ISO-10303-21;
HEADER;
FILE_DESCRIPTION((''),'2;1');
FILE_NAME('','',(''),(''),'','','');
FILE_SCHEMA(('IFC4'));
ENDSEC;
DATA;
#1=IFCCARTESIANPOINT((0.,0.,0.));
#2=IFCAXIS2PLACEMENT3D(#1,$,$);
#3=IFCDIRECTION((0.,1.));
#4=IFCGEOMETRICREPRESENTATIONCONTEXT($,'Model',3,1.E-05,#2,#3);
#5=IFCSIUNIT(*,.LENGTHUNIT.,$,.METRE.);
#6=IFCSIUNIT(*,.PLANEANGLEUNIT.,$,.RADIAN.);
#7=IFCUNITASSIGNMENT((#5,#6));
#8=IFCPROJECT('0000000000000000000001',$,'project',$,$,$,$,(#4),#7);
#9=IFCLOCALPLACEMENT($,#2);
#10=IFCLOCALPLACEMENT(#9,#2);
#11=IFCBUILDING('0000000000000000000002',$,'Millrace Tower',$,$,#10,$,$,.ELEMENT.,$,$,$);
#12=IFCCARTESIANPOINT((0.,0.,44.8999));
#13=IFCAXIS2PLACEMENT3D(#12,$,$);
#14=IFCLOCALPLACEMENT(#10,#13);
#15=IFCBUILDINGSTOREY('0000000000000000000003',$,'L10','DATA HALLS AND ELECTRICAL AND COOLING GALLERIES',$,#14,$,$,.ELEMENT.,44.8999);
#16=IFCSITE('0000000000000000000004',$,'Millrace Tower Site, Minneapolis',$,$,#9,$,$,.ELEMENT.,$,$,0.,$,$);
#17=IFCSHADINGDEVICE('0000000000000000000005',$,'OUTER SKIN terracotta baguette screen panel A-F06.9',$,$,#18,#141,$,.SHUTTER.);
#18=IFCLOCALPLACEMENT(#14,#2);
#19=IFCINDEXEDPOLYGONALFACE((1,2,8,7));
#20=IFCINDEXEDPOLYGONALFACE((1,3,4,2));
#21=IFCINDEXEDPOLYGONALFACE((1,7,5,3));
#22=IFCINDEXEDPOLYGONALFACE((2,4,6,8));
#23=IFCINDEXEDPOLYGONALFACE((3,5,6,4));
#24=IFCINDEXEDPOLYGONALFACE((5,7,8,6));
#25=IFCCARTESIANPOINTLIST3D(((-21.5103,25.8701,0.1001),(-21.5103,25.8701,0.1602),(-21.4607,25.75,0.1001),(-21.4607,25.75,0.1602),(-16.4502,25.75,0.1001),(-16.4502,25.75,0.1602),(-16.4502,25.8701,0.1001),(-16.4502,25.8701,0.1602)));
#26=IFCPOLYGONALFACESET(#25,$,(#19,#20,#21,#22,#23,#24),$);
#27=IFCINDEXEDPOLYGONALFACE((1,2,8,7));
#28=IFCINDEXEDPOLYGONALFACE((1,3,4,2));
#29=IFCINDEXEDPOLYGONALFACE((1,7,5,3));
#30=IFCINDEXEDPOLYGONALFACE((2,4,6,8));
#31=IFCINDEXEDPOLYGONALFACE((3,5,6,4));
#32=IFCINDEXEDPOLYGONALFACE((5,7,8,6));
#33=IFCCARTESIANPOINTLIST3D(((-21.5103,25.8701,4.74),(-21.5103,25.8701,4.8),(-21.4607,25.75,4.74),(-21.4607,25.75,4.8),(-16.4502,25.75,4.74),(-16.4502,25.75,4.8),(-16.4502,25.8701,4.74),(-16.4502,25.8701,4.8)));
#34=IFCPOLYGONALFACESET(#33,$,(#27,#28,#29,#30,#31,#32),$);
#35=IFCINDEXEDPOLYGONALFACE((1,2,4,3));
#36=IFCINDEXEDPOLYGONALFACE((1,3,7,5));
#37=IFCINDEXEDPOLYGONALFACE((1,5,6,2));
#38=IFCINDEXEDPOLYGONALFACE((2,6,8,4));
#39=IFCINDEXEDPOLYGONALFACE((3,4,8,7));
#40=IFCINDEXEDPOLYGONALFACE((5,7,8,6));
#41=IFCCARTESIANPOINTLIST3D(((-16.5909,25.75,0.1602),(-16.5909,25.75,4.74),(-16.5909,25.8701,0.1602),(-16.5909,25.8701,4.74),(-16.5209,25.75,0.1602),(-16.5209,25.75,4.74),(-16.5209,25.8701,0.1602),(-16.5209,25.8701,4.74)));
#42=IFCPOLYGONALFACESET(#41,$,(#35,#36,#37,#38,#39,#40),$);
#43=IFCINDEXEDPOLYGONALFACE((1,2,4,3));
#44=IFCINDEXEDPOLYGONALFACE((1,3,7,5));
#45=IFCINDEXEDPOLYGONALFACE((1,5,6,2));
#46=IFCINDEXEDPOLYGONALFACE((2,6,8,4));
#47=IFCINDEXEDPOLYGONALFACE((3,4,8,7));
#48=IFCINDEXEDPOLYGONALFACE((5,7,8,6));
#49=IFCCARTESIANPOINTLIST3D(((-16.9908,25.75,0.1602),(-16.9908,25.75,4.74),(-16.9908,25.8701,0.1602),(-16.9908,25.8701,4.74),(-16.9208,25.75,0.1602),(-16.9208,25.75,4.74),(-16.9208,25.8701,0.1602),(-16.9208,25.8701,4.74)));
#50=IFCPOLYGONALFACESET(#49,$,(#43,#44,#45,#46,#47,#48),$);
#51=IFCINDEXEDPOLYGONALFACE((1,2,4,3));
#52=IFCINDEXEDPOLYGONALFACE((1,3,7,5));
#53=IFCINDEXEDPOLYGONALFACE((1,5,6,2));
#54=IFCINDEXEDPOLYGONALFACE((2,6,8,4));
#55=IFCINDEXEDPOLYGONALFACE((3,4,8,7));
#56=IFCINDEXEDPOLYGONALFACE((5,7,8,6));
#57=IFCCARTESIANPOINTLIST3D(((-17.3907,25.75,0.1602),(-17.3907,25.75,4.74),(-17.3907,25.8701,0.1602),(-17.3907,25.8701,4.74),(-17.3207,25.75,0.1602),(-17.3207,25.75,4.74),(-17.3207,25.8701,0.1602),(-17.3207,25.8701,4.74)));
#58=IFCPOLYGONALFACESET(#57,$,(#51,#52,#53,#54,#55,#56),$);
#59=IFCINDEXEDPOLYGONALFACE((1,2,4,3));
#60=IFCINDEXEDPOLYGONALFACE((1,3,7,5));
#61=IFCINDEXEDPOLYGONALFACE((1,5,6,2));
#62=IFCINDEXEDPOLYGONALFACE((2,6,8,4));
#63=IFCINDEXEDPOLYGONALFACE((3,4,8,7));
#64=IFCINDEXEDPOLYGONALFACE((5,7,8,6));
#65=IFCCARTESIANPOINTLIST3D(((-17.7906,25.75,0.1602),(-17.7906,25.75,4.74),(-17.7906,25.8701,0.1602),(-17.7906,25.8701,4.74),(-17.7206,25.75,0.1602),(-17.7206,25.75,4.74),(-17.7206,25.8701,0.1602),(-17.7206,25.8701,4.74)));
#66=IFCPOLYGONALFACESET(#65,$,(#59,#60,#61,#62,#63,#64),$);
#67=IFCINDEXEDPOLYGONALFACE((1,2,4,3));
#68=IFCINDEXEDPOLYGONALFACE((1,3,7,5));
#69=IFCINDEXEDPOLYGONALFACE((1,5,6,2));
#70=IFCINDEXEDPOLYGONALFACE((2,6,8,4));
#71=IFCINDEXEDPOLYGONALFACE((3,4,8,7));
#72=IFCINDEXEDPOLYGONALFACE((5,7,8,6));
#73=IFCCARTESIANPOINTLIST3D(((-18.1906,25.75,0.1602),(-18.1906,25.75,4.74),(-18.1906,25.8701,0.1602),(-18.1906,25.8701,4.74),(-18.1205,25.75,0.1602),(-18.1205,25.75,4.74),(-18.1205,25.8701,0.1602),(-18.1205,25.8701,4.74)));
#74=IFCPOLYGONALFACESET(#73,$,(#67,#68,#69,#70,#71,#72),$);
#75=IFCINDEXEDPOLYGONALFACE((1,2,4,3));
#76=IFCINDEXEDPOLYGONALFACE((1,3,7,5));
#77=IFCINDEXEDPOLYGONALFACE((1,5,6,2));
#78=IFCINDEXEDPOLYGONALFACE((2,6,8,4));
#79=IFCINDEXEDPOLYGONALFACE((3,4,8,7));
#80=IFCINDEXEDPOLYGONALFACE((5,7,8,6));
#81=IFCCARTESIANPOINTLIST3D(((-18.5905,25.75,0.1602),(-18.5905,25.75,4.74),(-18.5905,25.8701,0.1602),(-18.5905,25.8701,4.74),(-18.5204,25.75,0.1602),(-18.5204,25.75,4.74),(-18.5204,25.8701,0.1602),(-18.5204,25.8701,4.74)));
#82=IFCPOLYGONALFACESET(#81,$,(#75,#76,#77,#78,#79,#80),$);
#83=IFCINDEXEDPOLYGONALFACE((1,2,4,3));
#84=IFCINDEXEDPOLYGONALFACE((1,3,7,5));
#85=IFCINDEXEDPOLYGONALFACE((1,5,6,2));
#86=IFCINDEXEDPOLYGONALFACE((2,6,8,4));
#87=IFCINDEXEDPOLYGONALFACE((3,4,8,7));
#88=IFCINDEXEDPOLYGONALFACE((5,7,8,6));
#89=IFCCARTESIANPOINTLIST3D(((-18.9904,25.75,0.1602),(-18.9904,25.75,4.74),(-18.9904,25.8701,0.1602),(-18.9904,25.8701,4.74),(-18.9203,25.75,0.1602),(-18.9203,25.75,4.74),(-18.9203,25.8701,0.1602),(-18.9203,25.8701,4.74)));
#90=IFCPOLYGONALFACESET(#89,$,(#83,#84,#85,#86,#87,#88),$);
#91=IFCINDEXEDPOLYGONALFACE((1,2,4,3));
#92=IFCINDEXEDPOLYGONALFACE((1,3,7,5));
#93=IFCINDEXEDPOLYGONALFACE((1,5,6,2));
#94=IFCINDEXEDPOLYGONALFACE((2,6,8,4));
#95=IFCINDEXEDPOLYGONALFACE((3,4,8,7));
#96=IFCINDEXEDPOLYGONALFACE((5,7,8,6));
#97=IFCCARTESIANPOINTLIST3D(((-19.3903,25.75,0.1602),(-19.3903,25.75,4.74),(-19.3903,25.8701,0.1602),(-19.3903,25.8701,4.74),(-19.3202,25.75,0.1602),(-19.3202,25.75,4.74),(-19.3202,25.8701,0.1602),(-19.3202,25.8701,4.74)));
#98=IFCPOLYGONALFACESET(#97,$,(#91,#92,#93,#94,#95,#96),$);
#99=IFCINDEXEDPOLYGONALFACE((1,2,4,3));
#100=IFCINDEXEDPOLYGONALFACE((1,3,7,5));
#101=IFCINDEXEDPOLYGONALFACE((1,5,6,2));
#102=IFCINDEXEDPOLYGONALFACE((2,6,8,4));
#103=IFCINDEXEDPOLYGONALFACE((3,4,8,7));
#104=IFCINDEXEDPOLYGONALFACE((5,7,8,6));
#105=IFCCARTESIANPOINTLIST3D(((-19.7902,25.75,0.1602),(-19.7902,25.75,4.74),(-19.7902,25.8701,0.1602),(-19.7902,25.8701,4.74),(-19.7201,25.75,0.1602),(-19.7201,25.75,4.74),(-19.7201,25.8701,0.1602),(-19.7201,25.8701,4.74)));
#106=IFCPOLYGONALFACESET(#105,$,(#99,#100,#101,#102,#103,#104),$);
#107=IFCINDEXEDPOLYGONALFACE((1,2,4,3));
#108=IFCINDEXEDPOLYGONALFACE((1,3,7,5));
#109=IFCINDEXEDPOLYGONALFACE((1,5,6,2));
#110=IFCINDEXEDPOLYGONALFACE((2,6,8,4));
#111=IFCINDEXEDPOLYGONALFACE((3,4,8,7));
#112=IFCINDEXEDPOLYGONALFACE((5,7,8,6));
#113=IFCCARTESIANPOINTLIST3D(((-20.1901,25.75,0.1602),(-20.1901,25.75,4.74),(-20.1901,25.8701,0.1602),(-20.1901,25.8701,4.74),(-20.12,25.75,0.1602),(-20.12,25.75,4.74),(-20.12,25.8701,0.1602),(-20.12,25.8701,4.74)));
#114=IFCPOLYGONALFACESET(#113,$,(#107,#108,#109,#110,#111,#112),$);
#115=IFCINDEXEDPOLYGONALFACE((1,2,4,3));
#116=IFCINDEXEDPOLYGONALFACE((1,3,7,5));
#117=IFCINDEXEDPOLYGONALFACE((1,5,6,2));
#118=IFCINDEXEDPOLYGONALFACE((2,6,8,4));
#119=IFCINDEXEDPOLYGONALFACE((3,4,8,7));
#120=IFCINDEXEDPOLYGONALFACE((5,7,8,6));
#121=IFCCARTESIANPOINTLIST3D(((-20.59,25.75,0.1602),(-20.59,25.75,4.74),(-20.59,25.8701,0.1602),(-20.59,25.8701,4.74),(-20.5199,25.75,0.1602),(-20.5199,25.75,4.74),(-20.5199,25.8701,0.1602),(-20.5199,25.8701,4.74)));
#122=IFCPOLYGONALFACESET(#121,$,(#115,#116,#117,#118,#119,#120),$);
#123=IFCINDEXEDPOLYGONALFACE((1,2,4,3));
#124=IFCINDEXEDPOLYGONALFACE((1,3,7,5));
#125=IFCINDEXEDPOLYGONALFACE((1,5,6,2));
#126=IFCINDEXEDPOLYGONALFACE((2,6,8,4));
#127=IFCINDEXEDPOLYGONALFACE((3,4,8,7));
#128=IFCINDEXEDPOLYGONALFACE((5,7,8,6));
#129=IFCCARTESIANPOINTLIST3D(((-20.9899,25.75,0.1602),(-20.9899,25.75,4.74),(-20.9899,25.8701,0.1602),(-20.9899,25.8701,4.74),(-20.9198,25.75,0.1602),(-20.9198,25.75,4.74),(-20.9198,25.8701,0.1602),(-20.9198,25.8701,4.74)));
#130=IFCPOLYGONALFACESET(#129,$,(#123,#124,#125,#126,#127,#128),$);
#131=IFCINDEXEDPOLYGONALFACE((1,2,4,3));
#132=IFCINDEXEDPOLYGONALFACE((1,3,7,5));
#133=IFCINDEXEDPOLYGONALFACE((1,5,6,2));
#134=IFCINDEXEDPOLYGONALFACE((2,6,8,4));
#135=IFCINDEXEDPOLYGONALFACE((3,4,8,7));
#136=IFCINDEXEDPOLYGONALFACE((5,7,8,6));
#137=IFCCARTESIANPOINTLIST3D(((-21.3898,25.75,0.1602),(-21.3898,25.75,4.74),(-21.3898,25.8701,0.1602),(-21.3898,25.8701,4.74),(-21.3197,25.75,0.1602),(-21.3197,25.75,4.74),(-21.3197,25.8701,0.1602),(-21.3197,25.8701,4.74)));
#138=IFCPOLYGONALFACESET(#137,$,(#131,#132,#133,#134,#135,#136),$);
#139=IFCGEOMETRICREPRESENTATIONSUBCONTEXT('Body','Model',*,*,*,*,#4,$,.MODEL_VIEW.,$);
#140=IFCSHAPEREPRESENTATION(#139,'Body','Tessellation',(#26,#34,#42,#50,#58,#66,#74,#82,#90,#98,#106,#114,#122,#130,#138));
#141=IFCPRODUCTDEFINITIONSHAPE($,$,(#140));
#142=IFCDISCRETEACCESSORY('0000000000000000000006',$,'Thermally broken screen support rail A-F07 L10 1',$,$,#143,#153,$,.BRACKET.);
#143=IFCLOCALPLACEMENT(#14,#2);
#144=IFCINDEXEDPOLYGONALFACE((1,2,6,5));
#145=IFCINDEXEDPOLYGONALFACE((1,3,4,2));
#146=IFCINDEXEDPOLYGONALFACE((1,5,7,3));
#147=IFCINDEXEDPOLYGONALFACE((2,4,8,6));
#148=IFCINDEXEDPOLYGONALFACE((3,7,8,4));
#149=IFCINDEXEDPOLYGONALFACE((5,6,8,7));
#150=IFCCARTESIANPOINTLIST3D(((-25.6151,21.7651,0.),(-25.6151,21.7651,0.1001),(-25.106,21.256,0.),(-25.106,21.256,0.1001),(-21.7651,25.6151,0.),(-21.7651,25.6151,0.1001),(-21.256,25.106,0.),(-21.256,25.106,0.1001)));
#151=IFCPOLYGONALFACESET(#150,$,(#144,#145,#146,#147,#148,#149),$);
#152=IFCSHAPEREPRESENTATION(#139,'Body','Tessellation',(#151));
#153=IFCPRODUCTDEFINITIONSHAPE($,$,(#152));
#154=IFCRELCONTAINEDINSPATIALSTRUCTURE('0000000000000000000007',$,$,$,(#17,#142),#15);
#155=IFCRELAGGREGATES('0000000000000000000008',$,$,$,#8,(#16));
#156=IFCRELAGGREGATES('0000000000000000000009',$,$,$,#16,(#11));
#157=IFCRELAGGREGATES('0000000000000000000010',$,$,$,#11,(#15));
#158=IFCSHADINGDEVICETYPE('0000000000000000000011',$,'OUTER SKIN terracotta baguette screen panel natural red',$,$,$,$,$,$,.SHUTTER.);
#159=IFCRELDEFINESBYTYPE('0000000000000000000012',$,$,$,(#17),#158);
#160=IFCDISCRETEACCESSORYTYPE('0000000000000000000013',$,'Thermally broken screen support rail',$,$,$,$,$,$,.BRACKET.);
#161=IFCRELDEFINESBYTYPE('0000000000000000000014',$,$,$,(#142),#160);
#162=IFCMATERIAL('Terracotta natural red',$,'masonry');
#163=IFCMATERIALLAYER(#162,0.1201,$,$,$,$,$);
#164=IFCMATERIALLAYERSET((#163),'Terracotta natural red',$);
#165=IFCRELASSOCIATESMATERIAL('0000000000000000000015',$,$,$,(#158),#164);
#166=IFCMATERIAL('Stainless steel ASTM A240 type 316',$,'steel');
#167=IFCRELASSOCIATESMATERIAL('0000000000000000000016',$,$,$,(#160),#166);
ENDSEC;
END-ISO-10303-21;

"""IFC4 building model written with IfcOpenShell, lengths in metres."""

from ifc_helpers import new_model, entity, si_unit, direction, frame, frame_2d, origin, origin_2d, place, context, subcontext, project, spatial, rectangle, extrude, source, transform, mapped, material, layer, layer_set, type_object, element, save


model = new_model("IFC4")

# Units and contexts
model_context = context("Model", 3, precision=1e-05, world=origin(), true_north=direction((0.0, 1.0)))
body_context = subcontext(model_context, "Body", "Model", "MODEL_VIEW")
ifc_project = project(units=[si_unit("LENGTHUNIT", "METRE"), si_unit("PLANEANGLEUNIT", "RADIAN")], contexts=[model_context])

# Site, building, storey
site_placement = place(None, origin())
site = spatial("IfcSite", under=ifc_project, at=site_placement, Name="Millrace Tower Site, Minneapolis", CompositionType="ELEMENT", RefElevation=0.0)
building_placement = place(site_placement, origin())
building = spatial("IfcBuilding", under=site, at=building_placement, Name="Millrace Tower", CompositionType="ELEMENT")
storey_placement = place(building_placement, frame((0.0, 0.0, 44.8999)))
storey = spatial("IfcBuildingStorey", under=building, at=storey_placement, Name="L10", Description="DATA HALLS AND ELECTRICAL AND COOLING GALLERIES", CompositionType="ELEMENT", Elevation=44.8999)

# Shading device
ifc_material_1 = material(Name="Terracotta natural red", Category="masonry")
ifc_layer_1 = layer(ifc_material_1, 0.1201)
ifc_layer_set_1 = layer_set([ifc_layer_1], Name="Terracotta natural red")
shading_device_type_1 = type_object("IfcShadingDeviceType", Name="OUTER SKIN terracotta baguette screen panel natural red", PredefinedType="SHUTTER", material=ifc_layer_set_1)
cartesian_point_1 = entity("IfcCartesianPoint", [-2.5176, 0.0601])
shared_polyline_1 = entity("IfcPolyline", [cartesian_point_1, entity("IfcCartesianPoint", [2.4929, 0.0601]), entity("IfcCartesianPoint", [2.5425, -0.0601]), entity("IfcCartesianPoint", [-2.5176, -0.0601]), cartesian_point_1])
shared_shape_1 = source(origin(), body_context, "Body", "SweptSolid", [
    entity("IfcExtrudedAreaSolid", entity("IfcArbitraryClosedProfileDef", "AREA", None, shared_polyline_1), entity("IfcAxis2Placement3D", entity("IfcCartesianPoint", [0.0, 0.0, 0.0])), entity("IfcDirection", [0.0, 0.0, 1.0]), 0.0601),
    entity("IfcExtrudedAreaSolid", entity("IfcArbitraryClosedProfileDef", "AREA", None, shared_polyline_1), entity("IfcAxis2Placement3D", entity("IfcCartesianPoint", [0.0, 0.0, 4.6399])), entity("IfcDirection", [0.0, 0.0, 1.0]), 0.0601),
    extrude(rectangle(XDim=0.0701, YDim=0.1201, at=frame_2d((-2.4119, 0.0))), frame((0.0, 0.0, 0.0601)), (0.0, 0.0, 1.0), 4.5798),
    extrude(rectangle(XDim=0.0701, YDim=0.1201, at=frame_2d((-2.012, 0.0))), frame((0.0, 0.0, 0.0601)), (0.0, 0.0, 1.0), 4.5798),
    extrude(rectangle(XDim=0.0701, YDim=0.1201, at=frame_2d((-1.6121, 0.0))), frame((0.0, 0.0, 0.0601)), (0.0, 0.0, 1.0), 4.5798),
    extrude(rectangle(XDim=0.0701, YDim=0.1201, at=frame_2d((-1.2122, 0.0))), frame((0.0, 0.0, 0.0601)), (0.0, 0.0, 1.0), 4.5798),
    extrude(rectangle(XDim=0.0701, YDim=0.1201, at=frame_2d((-0.8123, 0.0))), frame((0.0, 0.0, 0.0601)), (0.0, 0.0, 1.0), 4.5798),
    extrude(rectangle(XDim=0.0701, YDim=0.1201, at=frame_2d((-0.4124, 0.0))), frame((0.0, 0.0, 0.0601)), (0.0, 0.0, 1.0), 4.5798),
    extrude(rectangle(XDim=0.0701, YDim=0.1201, at=frame_2d((-0.0125, 0.0))), frame((0.0, 0.0, 0.0601)), (0.0, 0.0, 1.0), 4.5798),
    extrude(rectangle(XDim=0.0701, YDim=0.1201, at=frame_2d((0.3875, 0.0))), frame((0.0, 0.0, 0.0601)), (0.0, 0.0, 1.0), 4.5798),
    extrude(rectangle(XDim=0.0701, YDim=0.1201, at=frame_2d((0.7874, 0.0))), frame((0.0, 0.0, 0.0601)), (0.0, 0.0, 1.0), 4.5798),
    extrude(rectangle(XDim=0.0701, YDim=0.1201, at=frame_2d((1.1873, 0.0))), frame((0.0, 0.0, 0.0601)), (0.0, 0.0, 1.0), 4.5798),
    extrude(rectangle(XDim=0.0701, YDim=0.1201, at=frame_2d((1.5872, 0.0))), frame((0.0, 0.0, 0.0601)), (0.0, 0.0, 1.0), 4.5798),
    extrude(rectangle(XDim=0.0701, YDim=0.1201, at=frame_2d((1.9871, 0.0))), frame((0.0, 0.0, 0.0601)), (0.0, 0.0, 1.0), 4.5798),
    extrude(rectangle(XDim=0.0701, YDim=0.1201, at=frame_2d((2.387, 0.0))), frame((0.0, 0.0, 0.0601)), (0.0, 0.0, 1.0), 4.5798),
])
shading_device_1_placement = place(storey_placement, frame((-18.9678, 25.8101, 0.1001), z_axis=(0.0, 0.0, 1.0), x_axis=(-1.0, 0.0, 0.0)))
element("IfcShadingDevice", 1, at=shading_device_1_placement, inside=storey, type_object=shading_device_type_1, Name="OUTER SKIN terracotta baguette screen panel A-F06.9", PredefinedType="SHUTTER", context=body_context, shape_type="MappedRepresentation", body=[
    mapped(shared_shape_1, transform((0.0, 0.0, 0.0), scale=1.0)),
])

# Discrete accessory
ifc_material_2 = material(Name="Stainless steel ASTM A240 type 316", Category="steel")
discrete_accessory_type = type_object("IfcDiscreteAccessoryType", Name="Thermally broken screen support rail", PredefinedType="BRACKET", material=ifc_material_2)
discrete_accessory_placement = place(storey_placement, frame((-23.4355, 23.4355, 0.0), z_axis=(0.0, 0.0, 1.0), x_axis=(-0.707107, -0.707107, 0.0)))
element("IfcDiscreteAccessory", 2, at=discrete_accessory_placement, inside=storey, type_object=discrete_accessory_type, Name="Thermally broken screen support rail A-F07 L10 1", PredefinedType="BRACKET", context=body_context, shape_type="SweptSolid", body=[
    extrude(rectangle(XDim=5.4448, YDim=0.72, at=origin_2d()), origin(), (0.0, 0.0, 1.0), 0.1001),
])

save(model, "model.ifc")
